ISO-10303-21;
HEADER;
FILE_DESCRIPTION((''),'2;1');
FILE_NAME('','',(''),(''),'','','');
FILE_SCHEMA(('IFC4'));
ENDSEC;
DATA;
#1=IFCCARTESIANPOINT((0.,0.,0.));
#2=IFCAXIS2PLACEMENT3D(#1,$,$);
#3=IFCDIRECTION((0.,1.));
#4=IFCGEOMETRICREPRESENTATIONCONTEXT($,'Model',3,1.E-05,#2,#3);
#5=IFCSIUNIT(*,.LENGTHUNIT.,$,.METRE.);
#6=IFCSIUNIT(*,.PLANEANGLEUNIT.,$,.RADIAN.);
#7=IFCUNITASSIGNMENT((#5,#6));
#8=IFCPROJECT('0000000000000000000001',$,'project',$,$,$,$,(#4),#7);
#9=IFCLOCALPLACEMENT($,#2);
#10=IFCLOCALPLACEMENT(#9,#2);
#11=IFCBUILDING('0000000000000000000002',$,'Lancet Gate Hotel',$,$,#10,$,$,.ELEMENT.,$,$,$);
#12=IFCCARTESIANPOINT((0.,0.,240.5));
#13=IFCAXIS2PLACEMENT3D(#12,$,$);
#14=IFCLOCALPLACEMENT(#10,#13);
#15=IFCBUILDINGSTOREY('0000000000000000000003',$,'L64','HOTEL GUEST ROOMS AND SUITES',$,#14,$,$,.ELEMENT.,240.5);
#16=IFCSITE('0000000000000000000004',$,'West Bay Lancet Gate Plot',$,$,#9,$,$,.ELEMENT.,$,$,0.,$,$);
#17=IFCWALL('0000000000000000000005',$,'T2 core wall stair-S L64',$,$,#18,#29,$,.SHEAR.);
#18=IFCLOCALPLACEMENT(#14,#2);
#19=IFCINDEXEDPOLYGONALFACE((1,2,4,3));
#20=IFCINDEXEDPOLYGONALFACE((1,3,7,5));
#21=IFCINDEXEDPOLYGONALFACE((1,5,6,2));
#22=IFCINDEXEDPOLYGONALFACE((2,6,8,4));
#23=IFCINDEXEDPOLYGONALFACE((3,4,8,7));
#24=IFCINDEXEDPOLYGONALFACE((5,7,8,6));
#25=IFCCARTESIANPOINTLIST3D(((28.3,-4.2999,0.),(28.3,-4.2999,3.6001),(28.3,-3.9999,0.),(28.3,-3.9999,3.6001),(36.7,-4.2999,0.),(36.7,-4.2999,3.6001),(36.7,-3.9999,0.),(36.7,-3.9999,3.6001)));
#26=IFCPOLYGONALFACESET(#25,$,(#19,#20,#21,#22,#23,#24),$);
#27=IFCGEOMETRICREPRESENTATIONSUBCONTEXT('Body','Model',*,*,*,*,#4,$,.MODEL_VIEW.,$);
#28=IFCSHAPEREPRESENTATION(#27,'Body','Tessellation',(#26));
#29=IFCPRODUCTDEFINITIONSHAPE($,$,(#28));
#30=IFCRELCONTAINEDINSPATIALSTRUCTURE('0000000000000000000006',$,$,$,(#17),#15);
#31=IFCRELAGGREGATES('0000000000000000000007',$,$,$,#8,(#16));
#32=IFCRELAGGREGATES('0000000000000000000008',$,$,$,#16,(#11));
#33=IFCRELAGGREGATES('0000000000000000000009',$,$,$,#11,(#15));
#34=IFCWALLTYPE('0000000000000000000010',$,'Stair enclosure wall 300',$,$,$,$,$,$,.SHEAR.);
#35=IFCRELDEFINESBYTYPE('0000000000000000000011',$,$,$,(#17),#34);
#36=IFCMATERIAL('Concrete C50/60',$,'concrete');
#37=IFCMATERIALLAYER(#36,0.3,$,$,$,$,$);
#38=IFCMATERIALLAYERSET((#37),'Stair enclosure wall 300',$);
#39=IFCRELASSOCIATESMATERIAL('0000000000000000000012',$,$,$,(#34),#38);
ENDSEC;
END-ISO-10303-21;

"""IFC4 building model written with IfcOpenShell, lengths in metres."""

from ifc_helpers import new_model, si_unit, direction, frame, frame_2d, origin, place, context, subcontext, project, spatial, rectangle, extrude, material, layer, layer_set, type_object, element, save


model = new_model("IFC4")

# Units and contexts
model_context = context("Model", 3, precision=1e-05, world=origin(), true_north=direction((0.0, 1.0)))
body_context = subcontext(model_context, "Body", "Model", "MODEL_VIEW")
ifc_project = project(units=[si_unit("LENGTHUNIT", "METRE"), si_unit("PLANEANGLEUNIT", "RADIAN")], contexts=[model_context])

# Site, building, storey
site_placement = place(None, origin())
site = spatial("IfcSite", under=ifc_project, at=site_placement, Name="West Bay Lancet Gate Plot", CompositionType="ELEMENT", RefElevation=0.0)
building_placement = place(site_placement, origin())
building = spatial("IfcBuilding", under=site, at=building_placement, Name="Lancet Gate Hotel", CompositionType="ELEMENT")
storey_placement = place(building_placement, frame((0.0, 0.0, 240.5)))
storey = spatial("IfcBuildingStorey", under=building, at=storey_placement, Name="L64", Description="HOTEL GUEST ROOMS AND SUITES", CompositionType="ELEMENT", Elevation=240.5)

# Wall
ifc_material_1 = material(Name="Concrete C50/60", Category="concrete")
ifc_layer_1 = layer(ifc_material_1, 0.3)
ifc_layer_set_1 = layer_set([ifc_layer_1], Name="Stair enclosure wall 300")
wall_type_1 = type_object("IfcWallType", Name="Stair enclosure wall 300", PredefinedType="SHEAR", material=ifc_layer_set_1)
wall_1_placement = place(storey_placement, frame((28.3, -4.1499, 0.0), z_axis=(0.0, 0.0, 1.0), x_axis=(1.0, 0.0, 0.0)))
element("IfcWall", 1, at=wall_1_placement, inside=storey, type_object=wall_type_1, Name="T2 core wall stair-S L64", PredefinedType="SHEAR", context=body_context, shape_type="SweptSolid", body=[
    extrude(rectangle(XDim=8.3999, YDim=0.3, at=frame_2d((4.2, 0.0))), origin(), (0.0, 0.0, 1.0), 3.6001),
])

save(model, "model.ifc")
